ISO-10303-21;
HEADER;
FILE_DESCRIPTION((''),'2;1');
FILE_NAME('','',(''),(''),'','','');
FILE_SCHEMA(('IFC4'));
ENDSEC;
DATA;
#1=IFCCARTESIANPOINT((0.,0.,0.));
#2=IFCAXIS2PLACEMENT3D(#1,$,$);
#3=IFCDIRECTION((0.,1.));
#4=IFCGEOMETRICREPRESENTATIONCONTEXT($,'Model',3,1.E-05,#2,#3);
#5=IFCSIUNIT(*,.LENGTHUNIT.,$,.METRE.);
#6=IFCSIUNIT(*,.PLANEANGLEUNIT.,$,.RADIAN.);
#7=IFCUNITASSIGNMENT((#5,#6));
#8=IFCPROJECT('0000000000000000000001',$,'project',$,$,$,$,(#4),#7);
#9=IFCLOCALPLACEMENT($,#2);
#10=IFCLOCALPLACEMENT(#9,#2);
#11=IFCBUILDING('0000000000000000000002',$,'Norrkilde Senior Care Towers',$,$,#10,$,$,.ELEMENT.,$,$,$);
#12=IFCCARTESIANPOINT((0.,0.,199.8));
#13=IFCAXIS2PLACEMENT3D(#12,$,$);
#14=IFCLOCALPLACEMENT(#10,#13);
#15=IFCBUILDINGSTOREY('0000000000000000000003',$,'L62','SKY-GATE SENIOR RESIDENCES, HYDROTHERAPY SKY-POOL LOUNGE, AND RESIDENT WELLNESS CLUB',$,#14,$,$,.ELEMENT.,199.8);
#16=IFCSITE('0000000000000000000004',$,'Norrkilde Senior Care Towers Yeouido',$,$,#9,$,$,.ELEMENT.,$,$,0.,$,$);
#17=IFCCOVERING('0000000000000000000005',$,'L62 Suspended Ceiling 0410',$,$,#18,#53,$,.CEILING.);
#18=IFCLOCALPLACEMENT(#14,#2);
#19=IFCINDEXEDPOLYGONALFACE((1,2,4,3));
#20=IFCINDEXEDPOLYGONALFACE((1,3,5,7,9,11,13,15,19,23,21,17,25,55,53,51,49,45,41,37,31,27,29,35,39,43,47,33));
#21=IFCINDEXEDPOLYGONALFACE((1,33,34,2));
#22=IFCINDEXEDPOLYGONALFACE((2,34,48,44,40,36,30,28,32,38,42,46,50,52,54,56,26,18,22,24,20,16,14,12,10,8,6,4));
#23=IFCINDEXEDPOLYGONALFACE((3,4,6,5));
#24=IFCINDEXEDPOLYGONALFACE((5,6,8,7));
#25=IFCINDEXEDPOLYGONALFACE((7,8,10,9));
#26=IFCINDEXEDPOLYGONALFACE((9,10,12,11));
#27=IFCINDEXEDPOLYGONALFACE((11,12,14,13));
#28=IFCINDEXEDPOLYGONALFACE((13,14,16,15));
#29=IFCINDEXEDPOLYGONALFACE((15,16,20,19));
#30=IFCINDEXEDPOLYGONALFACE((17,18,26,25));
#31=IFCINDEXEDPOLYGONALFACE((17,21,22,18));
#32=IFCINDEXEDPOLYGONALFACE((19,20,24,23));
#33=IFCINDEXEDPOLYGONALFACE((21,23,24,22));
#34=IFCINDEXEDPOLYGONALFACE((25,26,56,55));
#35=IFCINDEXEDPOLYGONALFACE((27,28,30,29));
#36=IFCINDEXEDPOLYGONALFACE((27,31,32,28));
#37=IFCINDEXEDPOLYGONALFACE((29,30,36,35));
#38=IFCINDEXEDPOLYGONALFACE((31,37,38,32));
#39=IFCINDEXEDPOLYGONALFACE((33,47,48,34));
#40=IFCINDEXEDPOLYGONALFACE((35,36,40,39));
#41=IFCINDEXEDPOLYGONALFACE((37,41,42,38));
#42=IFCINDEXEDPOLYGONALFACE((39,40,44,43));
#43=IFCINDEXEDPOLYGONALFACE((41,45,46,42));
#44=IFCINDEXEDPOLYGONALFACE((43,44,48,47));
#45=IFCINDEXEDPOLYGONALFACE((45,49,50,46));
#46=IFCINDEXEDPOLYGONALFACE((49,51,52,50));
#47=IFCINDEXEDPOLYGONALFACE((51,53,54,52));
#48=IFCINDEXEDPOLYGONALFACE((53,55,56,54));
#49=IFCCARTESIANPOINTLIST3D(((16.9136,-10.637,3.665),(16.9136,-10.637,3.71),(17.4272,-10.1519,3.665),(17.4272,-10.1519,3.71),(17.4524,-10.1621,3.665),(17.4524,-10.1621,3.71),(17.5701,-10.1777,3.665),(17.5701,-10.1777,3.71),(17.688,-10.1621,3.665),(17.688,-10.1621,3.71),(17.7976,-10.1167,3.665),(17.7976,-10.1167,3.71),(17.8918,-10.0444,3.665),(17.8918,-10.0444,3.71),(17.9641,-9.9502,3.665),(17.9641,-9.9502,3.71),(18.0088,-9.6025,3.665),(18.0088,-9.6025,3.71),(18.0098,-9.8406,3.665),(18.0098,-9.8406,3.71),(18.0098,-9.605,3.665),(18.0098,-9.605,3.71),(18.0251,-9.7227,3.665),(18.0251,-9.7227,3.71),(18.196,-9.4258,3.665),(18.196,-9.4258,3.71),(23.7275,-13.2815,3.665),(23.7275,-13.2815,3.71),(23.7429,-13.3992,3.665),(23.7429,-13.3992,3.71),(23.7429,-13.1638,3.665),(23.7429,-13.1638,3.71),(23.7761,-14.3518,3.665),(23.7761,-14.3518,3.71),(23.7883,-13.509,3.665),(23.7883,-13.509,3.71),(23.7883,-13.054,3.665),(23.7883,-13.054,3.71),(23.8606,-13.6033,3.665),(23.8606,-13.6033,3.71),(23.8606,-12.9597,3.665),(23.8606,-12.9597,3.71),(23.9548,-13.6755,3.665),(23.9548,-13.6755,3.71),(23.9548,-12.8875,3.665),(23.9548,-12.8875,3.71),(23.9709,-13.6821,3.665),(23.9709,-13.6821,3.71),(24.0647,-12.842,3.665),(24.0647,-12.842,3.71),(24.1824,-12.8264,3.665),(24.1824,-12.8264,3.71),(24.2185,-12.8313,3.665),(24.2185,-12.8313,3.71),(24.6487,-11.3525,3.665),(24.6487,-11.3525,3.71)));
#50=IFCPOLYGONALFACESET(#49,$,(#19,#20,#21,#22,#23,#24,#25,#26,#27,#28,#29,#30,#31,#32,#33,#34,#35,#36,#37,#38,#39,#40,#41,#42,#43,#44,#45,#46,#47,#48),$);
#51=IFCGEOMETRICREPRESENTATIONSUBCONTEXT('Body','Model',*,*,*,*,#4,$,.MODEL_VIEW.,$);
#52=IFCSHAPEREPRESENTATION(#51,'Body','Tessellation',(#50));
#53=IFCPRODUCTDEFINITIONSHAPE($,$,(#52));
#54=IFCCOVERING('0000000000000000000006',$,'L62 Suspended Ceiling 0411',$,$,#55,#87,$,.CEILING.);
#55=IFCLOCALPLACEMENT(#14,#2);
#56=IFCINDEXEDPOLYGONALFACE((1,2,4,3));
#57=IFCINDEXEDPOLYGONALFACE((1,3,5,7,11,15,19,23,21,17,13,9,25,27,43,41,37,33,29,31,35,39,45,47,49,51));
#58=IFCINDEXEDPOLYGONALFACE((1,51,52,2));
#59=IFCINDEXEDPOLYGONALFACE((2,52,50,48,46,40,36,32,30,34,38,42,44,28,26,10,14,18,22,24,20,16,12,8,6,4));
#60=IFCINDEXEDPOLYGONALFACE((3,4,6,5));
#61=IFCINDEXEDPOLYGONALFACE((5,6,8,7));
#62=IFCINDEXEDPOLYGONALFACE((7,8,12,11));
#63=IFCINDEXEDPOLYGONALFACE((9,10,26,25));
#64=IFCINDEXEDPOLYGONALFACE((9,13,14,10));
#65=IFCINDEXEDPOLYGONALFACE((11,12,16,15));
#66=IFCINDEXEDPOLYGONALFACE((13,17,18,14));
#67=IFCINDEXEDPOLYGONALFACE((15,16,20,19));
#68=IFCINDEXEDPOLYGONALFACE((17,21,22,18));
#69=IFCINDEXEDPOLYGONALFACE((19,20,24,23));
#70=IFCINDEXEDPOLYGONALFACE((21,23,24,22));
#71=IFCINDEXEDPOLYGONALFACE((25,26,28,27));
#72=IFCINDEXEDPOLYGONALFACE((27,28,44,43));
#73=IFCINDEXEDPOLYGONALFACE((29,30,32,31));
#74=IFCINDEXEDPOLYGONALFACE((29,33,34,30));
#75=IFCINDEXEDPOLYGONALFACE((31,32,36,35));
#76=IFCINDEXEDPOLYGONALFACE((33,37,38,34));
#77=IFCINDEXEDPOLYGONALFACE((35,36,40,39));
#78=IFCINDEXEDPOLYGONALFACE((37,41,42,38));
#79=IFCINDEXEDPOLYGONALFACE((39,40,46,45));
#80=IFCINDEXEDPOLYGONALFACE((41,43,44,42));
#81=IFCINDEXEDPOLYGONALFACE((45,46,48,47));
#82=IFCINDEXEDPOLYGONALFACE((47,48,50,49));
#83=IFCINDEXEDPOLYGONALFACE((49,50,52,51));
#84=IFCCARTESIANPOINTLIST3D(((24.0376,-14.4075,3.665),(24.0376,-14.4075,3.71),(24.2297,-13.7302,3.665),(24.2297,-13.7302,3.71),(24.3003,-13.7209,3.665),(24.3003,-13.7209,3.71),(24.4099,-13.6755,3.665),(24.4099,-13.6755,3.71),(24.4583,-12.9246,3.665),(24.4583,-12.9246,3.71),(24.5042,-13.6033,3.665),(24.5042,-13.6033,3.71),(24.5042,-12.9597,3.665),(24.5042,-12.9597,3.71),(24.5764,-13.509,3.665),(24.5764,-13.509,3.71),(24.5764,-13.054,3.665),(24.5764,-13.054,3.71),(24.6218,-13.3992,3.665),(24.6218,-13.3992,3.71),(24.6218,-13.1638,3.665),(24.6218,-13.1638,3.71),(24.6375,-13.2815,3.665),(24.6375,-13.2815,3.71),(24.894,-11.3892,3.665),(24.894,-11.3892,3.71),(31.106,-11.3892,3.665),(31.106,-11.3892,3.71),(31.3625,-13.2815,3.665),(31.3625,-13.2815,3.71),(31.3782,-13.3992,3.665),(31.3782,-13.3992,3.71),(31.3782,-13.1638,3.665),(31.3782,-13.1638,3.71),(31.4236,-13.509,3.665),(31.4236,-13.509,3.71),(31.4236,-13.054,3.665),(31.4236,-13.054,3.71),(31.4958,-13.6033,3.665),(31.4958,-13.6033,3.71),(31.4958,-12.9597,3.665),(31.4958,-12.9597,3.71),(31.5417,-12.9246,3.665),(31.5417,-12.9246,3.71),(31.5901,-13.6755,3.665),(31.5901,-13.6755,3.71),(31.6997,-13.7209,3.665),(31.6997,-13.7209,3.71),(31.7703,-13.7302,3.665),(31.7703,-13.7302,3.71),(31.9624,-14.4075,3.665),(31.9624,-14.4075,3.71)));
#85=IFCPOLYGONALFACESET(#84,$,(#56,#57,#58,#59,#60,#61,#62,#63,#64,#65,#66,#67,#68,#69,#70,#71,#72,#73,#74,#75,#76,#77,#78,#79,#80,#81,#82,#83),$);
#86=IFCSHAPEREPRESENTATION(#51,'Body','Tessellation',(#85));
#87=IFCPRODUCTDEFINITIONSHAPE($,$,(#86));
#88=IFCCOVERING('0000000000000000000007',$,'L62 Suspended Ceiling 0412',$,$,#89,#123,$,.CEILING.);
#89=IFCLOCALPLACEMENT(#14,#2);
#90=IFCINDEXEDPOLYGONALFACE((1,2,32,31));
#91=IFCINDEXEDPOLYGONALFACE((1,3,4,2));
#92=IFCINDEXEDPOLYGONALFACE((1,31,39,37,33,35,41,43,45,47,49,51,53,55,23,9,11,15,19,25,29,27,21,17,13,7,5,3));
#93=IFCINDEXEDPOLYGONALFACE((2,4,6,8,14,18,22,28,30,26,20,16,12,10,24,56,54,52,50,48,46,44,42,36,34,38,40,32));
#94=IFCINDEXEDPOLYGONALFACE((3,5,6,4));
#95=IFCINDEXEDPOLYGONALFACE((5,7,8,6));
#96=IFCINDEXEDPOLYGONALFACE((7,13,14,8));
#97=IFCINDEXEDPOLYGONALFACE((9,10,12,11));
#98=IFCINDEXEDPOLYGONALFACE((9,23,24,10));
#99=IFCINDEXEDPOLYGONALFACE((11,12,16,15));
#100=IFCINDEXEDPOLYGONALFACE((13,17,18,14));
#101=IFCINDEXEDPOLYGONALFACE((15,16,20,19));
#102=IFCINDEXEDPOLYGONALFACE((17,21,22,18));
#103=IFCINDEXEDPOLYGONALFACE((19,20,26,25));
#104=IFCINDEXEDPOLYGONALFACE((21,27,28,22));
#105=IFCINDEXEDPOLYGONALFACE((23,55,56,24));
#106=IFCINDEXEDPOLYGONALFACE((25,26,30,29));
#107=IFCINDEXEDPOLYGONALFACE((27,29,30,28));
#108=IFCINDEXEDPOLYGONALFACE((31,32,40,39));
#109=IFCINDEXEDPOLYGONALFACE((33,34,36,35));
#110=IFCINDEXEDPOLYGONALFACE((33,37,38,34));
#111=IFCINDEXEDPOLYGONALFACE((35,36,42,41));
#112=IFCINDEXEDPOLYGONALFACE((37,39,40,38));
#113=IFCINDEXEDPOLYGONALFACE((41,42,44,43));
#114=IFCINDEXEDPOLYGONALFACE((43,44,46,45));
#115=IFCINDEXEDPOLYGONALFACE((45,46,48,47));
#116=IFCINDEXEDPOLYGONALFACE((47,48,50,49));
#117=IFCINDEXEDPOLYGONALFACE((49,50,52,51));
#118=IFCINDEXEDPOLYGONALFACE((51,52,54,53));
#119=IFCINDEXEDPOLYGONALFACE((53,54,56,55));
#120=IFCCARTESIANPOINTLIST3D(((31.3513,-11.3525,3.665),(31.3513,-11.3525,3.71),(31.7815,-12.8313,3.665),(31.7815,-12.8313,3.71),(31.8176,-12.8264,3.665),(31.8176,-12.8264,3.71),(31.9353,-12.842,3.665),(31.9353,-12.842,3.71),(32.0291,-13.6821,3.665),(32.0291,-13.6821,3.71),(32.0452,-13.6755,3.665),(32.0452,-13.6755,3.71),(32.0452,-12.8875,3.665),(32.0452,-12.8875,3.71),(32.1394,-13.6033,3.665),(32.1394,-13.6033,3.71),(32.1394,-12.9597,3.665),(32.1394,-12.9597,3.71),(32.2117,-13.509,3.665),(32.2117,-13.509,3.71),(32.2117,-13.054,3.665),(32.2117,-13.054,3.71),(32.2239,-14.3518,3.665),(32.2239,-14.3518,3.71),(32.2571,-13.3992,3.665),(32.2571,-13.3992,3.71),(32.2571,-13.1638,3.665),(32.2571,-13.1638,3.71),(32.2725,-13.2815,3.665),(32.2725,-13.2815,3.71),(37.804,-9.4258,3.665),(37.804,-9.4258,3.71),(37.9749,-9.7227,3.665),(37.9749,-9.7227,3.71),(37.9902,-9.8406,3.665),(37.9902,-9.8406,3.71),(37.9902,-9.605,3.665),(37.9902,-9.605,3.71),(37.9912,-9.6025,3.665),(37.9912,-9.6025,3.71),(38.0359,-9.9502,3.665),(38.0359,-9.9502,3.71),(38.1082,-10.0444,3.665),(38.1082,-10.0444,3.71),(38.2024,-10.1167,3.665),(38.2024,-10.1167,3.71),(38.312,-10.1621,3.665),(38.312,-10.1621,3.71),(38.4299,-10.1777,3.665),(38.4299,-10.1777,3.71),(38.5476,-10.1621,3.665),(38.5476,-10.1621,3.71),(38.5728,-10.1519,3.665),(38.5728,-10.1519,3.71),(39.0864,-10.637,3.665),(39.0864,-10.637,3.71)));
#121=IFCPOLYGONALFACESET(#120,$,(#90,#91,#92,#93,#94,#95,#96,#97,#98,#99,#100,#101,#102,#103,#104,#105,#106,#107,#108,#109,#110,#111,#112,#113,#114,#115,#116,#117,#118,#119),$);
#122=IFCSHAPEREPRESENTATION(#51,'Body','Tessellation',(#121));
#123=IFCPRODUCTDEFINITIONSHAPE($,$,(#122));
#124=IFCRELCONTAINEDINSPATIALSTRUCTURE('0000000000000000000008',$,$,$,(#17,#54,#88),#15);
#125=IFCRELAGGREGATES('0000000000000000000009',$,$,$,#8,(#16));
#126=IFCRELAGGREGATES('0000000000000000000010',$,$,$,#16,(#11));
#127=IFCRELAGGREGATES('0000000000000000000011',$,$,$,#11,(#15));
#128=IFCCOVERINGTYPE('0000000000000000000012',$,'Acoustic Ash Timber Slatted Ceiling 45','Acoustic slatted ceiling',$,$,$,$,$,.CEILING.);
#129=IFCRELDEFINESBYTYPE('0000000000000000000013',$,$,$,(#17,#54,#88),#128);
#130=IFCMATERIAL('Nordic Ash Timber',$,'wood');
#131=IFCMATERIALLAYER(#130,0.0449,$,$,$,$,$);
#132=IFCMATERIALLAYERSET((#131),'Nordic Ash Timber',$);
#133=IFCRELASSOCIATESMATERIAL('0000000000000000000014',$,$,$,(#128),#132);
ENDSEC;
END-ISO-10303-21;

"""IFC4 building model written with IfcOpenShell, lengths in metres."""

from ifc_helpers import new_model, si_unit, direction, frame, origin, place, context, subcontext, project, spatial, polyline, outline, extrude, material, layer, layer_set, type_object, element, save


model = new_model("IFC4")

# Units and contexts
model_context = context("Model", 3, precision=1e-05, world=origin(), true_north=direction((0.0, 1.0)))
body_context = subcontext(model_context, "Body", "Model", "MODEL_VIEW")
ifc_project = project(units=[si_unit("LENGTHUNIT", "METRE"), si_unit("PLANEANGLEUNIT", "RADIAN")], contexts=[model_context])

# Site, building, storey
site_placement = place(None, origin())
site = spatial("IfcSite", under=ifc_project, at=site_placement, Name="Norrkilde Senior Care Towers Yeouido", CompositionType="ELEMENT", RefElevation=0.0)
building_placement = place(site_placement, origin())
building = spatial("IfcBuilding", under=site, at=building_placement, Name="Norrkilde Senior Care Towers", CompositionType="ELEMENT")
storey_placement = place(building_placement, frame((0.0, 0.0, 199.8)))
storey = spatial("IfcBuildingStorey", under=building, at=storey_placement, Name="L62", Description="SKY-GATE SENIOR RESIDENCES, HYDROTHERAPY SKY-POOL LOUNGE, AND RESIDENT WELLNESS CLUB", CompositionType="ELEMENT", Elevation=199.8)

# Coverings
ifc_material_1 = material(Name="Nordic Ash Timber", Category="wood")
ifc_layer_1 = layer(ifc_material_1, 0.0449)
ifc_layer_set_1 = layer_set([ifc_layer_1], Name="Nordic Ash Timber")
covering_type_1 = type_object("IfcCoveringType", Name="Acoustic Ash Timber Slatted Ceiling 45", Description="Acoustic slatted ceiling", PredefinedType="CEILING", material=ifc_layer_set_1)
covering_1_placement = place(storey_placement, frame((0.0, 0.0, 3.665)))
element("IfcCovering", 1, at=covering_1_placement, inside=storey, type_object=covering_type_1, Name="L62 Suspended Ceiling 0410", PredefinedType="CEILING", context=body_context, shape_type="SweptSolid", body=[
    extrude(outline(polyline([(17.4524, -10.1621), (17.5701, -10.1777), (17.688, -10.1621), (17.7976, -10.1167), (17.8918, -10.0444), (17.9641, -9.9502), (18.0098, -9.8406), (18.0251, -9.7227), (18.0098, -9.605), (18.0088, -9.6025), (18.196, -9.4258), (24.6487, -11.3525), (24.2185, -12.8313), (24.1824, -12.8264), (24.0647, -12.842), (23.9548, -12.8875), (23.8606, -12.9597), (23.7883, -13.054), (23.7429, -13.1638), (23.7275, -13.2815), (23.7429, -13.3992), (23.7883, -13.509), (23.8606, -13.6033), (23.9548, -13.6755), (23.9709, -13.6821), (23.7761, -14.3518), (16.9136, -10.637), (17.4272, -10.1519), (17.4524, -10.1621)])), origin(), (0.0, 0.0, 1.0), 0.0449),
])
covering_2_placement = place(storey_placement, frame((0.0, 0.0, 3.665)))
element("IfcCovering", 2, at=covering_2_placement, inside=storey, type_object=covering_type_1, Name="L62 Suspended Ceiling 0411", PredefinedType="CEILING", context=body_context, shape_type="SweptSolid", body=[
    extrude(outline(polyline([(24.2297, -13.7302), (24.3003, -13.7209), (24.4099, -13.6755), (24.5042, -13.6033), (24.5764, -13.509), (24.6218, -13.3992), (24.6375, -13.2815), (24.6218, -13.1638), (24.5764, -13.054), (24.5042, -12.9597), (24.4583, -12.9246), (24.894, -11.3892), (31.106, -11.3892), (31.5417, -12.9246), (31.4958, -12.9597), (31.4236, -13.054), (31.3782, -13.1638), (31.3625, -13.2815), (31.3782, -13.3992), (31.4236, -13.509), (31.4958, -13.6033), (31.5901, -13.6755), (31.6997, -13.7209), (31.7703, -13.7302), (31.9624, -14.4075), (24.0376, -14.4075), (24.2297, -13.7302)])), origin(), (0.0, 0.0, 1.0), 0.0449),
])
covering_3_placement = place(storey_placement, frame((0.0, 0.0, 3.665)))
element("IfcCovering", 3, at=covering_3_placement, inside=storey, type_object=covering_type_1, Name="L62 Suspended Ceiling 0412", PredefinedType="CEILING", context=body_context, shape_type="SweptSolid", body=[
    extrude(outline(polyline([(32.2239, -14.3518), (32.0291, -13.6821), (32.0452, -13.6755), (32.1394, -13.6033), (32.2117, -13.509), (32.2571, -13.3992), (32.2725, -13.2815), (32.2571, -13.1638), (32.2117, -13.054), (32.1394, -12.9597), (32.0452, -12.8875), (31.9353, -12.842), (31.8176, -12.8264), (31.7815, -12.8313), (31.3513, -11.3525), (37.804, -9.4258), (37.9912, -9.6025), (37.9902, -9.605), (37.9749, -9.7227), (37.9902, -9.8406), (38.0359, -9.9502), (38.1082, -10.0444), (38.2024, -10.1167), (38.312, -10.1621), (38.4299, -10.1777), (38.5476, -10.1621), (38.5728, -10.1519), (39.0864, -10.637), (32.2239, -14.3518)])), origin(), (0.0, 0.0, 1.0), 0.0449),
])

save(model, "model.ifc")
